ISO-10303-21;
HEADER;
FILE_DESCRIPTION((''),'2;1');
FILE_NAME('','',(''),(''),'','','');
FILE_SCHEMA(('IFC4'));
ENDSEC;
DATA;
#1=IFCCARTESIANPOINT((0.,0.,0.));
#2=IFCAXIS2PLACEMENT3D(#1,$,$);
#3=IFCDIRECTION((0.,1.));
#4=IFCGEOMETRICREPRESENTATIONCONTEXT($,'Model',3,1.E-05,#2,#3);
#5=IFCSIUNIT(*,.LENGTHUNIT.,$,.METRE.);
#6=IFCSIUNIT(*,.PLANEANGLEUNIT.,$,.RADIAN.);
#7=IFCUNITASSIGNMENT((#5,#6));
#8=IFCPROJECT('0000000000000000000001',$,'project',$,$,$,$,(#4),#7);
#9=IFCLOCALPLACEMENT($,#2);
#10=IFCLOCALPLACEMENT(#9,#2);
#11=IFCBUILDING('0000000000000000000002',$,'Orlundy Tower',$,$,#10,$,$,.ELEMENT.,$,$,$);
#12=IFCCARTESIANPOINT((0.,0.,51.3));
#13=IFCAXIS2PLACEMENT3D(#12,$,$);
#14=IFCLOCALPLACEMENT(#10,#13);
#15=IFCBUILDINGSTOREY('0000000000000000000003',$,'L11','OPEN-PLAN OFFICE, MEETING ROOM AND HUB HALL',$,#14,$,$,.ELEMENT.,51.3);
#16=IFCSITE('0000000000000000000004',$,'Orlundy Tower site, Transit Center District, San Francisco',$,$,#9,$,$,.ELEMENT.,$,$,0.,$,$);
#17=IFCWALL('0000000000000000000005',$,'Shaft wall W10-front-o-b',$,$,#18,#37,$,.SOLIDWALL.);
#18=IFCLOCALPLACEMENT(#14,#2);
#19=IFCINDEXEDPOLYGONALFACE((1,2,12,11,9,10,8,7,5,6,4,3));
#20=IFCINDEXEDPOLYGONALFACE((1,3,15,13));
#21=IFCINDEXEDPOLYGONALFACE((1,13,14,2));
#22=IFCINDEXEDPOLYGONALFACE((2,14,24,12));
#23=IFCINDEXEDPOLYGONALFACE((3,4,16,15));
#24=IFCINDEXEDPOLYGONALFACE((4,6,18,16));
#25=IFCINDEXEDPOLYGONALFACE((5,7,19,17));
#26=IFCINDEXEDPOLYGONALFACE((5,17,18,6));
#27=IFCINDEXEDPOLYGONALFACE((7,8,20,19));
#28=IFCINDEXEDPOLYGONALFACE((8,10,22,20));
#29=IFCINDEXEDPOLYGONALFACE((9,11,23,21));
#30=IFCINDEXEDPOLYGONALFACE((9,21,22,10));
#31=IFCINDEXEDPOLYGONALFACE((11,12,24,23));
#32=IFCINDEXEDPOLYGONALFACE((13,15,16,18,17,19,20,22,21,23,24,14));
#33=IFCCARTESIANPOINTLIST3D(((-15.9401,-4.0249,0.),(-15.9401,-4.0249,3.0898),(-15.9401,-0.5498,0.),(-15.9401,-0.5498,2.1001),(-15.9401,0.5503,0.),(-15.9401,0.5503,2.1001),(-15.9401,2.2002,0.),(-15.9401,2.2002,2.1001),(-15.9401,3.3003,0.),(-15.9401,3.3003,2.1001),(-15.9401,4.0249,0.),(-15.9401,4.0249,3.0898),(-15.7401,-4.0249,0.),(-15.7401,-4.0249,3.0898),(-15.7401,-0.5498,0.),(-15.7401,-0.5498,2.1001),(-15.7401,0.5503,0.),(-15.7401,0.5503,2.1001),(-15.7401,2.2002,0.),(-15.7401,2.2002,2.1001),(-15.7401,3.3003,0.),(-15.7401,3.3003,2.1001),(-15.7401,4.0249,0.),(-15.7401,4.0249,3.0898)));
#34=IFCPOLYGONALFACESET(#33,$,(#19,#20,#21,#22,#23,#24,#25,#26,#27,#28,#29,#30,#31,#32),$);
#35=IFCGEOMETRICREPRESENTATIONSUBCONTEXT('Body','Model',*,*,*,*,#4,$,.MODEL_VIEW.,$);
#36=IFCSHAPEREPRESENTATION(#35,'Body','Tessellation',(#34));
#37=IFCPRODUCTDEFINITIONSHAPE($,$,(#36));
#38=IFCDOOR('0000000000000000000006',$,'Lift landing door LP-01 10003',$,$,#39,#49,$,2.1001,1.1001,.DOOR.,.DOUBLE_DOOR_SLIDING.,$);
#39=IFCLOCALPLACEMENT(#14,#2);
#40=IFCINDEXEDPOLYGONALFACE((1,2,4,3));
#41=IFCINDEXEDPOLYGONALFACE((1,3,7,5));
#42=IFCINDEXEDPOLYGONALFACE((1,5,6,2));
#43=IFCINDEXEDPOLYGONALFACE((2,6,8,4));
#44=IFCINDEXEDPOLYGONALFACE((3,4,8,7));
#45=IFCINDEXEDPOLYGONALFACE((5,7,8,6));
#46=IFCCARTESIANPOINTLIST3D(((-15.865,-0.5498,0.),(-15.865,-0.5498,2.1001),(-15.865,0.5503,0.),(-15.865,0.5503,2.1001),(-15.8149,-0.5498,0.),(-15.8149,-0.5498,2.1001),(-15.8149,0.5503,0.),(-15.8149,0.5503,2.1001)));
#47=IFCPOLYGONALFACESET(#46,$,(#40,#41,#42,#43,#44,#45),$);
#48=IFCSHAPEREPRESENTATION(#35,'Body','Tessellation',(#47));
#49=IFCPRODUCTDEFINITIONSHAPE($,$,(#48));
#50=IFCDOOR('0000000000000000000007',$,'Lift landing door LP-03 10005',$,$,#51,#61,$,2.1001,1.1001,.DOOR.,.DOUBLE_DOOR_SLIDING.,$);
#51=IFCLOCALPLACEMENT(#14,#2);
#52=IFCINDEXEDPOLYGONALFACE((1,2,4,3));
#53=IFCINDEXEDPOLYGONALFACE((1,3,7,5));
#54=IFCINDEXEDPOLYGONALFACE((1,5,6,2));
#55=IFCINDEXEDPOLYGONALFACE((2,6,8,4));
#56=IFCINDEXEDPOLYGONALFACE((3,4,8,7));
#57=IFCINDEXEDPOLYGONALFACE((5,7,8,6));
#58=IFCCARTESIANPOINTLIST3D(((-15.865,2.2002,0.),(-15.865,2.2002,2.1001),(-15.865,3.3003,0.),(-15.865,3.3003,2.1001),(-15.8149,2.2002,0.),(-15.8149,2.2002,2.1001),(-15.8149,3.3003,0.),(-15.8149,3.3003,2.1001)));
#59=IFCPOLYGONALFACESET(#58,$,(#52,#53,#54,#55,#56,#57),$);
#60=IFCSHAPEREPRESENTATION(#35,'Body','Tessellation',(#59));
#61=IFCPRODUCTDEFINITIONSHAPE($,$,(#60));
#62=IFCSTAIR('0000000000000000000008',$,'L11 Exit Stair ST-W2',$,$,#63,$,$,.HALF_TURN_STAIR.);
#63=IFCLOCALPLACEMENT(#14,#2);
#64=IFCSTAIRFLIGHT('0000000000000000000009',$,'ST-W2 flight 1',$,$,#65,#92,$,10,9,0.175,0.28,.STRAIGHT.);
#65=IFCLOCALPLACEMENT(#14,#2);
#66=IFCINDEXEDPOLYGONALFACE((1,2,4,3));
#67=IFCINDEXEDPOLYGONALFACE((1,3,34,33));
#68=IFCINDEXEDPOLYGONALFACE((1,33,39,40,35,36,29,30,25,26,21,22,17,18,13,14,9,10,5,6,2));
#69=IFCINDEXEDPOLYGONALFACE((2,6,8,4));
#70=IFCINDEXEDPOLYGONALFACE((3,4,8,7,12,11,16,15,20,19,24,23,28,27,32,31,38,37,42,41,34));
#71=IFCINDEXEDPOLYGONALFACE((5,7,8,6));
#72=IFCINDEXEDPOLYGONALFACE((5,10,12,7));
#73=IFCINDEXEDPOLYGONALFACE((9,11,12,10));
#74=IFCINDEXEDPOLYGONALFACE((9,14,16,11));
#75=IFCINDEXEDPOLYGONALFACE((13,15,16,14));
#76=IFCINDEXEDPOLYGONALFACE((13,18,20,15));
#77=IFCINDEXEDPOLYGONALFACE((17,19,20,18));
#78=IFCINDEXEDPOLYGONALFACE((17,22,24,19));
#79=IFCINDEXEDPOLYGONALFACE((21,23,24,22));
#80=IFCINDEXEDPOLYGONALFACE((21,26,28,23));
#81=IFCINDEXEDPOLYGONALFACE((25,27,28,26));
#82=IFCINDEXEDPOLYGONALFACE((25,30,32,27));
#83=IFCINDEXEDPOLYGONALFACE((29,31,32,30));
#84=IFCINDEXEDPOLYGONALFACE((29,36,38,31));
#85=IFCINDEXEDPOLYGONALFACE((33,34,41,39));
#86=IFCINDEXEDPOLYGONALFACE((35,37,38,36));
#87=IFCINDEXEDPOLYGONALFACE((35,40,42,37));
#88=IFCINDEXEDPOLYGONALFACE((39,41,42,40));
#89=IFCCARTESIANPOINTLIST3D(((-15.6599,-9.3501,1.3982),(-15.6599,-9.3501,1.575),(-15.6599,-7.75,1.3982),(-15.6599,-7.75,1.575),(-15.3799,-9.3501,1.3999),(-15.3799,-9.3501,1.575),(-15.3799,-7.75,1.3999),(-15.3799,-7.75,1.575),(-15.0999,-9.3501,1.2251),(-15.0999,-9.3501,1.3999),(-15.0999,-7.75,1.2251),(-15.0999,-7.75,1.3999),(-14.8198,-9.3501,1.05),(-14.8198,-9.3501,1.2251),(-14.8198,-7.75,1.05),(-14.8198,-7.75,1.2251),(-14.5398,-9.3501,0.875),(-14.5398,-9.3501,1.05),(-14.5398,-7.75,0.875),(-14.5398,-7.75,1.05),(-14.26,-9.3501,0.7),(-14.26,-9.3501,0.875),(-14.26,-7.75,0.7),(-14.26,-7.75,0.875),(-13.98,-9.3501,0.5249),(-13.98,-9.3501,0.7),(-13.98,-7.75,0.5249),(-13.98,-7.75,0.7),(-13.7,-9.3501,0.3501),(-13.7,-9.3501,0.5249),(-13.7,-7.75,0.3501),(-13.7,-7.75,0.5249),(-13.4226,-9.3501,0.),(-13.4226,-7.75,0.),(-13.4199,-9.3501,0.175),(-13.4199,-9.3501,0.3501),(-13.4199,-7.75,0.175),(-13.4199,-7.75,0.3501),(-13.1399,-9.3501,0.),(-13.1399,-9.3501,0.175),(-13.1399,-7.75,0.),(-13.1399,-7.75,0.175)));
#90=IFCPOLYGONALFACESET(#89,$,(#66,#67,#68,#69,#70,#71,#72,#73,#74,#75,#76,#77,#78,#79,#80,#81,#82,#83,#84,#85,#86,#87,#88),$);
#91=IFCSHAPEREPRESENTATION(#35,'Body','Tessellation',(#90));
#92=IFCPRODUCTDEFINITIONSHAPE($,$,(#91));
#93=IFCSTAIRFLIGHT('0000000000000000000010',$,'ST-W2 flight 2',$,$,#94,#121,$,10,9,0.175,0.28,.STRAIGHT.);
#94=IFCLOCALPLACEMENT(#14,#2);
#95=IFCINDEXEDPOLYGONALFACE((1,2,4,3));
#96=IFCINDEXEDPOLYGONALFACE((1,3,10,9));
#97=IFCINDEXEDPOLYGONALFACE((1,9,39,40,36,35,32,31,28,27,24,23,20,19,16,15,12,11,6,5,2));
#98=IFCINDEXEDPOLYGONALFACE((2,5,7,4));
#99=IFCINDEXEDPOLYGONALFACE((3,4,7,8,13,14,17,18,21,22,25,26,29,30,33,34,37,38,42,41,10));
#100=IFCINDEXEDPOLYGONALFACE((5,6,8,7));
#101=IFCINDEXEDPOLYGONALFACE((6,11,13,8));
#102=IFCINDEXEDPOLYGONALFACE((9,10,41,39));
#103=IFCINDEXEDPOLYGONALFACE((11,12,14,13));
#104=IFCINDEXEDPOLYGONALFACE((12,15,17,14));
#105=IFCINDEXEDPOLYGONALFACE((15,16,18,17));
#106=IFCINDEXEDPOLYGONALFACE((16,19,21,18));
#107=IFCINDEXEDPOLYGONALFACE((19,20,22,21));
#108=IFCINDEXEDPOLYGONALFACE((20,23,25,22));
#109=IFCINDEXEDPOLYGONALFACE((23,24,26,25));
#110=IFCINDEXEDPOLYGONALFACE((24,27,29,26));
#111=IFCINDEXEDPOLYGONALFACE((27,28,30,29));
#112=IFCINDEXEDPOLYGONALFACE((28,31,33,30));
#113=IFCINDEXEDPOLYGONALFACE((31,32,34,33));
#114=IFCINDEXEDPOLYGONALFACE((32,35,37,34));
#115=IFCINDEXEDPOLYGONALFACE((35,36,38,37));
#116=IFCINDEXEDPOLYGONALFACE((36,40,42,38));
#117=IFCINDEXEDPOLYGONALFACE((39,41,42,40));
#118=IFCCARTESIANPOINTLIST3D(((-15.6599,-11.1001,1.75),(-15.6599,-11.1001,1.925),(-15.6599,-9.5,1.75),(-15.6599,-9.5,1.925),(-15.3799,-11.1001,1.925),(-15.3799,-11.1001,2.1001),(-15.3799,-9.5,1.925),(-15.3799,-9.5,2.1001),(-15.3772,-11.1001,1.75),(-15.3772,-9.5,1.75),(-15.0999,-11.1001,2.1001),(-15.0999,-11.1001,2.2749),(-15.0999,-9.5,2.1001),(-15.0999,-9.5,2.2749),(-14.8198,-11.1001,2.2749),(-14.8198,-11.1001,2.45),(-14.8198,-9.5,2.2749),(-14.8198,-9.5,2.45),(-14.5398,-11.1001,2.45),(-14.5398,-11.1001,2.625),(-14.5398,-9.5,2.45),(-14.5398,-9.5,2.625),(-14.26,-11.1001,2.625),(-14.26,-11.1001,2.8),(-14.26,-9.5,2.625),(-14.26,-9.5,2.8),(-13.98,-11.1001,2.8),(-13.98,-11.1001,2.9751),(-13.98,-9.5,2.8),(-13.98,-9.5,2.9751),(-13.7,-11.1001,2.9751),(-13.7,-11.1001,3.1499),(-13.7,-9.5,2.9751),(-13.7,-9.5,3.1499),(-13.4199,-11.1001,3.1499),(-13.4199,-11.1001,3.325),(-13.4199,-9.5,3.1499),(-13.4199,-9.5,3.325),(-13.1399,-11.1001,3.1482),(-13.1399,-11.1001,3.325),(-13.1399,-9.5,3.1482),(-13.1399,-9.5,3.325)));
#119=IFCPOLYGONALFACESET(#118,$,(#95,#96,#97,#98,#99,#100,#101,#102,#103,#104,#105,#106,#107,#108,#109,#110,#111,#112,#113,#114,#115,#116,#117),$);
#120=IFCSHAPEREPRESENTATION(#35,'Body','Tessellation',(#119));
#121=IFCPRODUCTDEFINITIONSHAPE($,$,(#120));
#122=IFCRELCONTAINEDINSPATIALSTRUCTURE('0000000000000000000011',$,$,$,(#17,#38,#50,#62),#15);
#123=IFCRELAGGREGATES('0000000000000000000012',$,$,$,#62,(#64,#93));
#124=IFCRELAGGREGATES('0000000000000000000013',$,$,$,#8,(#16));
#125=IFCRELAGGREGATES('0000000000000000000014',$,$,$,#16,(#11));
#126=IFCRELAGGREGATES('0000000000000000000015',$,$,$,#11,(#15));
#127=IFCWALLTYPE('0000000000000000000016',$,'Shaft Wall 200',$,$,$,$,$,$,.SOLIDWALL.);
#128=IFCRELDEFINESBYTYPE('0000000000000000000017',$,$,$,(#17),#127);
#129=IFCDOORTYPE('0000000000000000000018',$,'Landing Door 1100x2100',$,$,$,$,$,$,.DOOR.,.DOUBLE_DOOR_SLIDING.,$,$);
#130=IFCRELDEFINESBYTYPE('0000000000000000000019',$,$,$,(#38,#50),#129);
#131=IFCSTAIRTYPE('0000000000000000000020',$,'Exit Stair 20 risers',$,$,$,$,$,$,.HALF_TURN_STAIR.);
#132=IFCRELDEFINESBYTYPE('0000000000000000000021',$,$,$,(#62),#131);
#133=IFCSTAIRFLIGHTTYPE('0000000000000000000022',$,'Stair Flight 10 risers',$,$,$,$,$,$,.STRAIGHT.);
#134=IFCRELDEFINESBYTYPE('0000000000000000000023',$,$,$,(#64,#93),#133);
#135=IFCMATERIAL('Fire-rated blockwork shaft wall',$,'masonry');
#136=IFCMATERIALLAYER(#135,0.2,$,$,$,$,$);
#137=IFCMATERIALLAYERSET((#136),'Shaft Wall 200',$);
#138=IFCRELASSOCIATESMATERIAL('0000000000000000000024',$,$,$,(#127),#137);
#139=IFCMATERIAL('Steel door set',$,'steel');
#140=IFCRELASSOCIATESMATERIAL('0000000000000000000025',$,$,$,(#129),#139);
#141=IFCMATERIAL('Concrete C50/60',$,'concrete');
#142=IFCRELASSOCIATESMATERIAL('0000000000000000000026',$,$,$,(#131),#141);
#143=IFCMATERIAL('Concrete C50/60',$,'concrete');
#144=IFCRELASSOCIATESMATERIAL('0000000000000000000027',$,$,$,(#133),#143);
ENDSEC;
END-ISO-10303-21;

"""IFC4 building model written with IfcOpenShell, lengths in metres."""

from ifc_helpers import new_model, si_unit, direction, frame, frame_2d, origin, place, context, subcontext, project, spatial, polyline, rectangle, outline, extrude, material, layer, layer_set, type_object, element, fill, aggregate, save


model = new_model("IFC4")

# Units and contexts
model_context = context("Model", 3, precision=1e-05, world=origin(), true_north=direction((0.0, 1.0)))
body_context = subcontext(model_context, "Body", "Model", "MODEL_VIEW")
ifc_project = project(units=[si_unit("LENGTHUNIT", "METRE"), si_unit("PLANEANGLEUNIT", "RADIAN")], contexts=[model_context])

# Site, building, storey
site_placement = place(None, origin())
site = spatial("IfcSite", under=ifc_project, at=site_placement, Name="Orlundy Tower site, Transit Center District, San Francisco", CompositionType="ELEMENT", RefElevation=0.0)
building_placement = place(site_placement, origin())
building = spatial("IfcBuilding", under=site, at=building_placement, Name="Orlundy Tower", CompositionType="ELEMENT")
storey_placement = place(building_placement, frame((0.0, 0.0, 51.3)))
storey = spatial("IfcBuildingStorey", under=building, at=storey_placement, Name="L11", Description="OPEN-PLAN OFFICE, MEETING ROOM AND HUB HALL", CompositionType="ELEMENT", Elevation=51.3)

# Shared definitions
ifc_material_1 = material(Name="Fire-rated blockwork shaft wall", Category="masonry")
ifc_layer_1 = layer(ifc_material_1, 0.2)
ifc_layer_set_1 = layer_set([ifc_layer_1], Name="Shaft Wall 200")
wall_type_1 = type_object("IfcWallType", Name="Shaft Wall 200", PredefinedType="SOLIDWALL", material=ifc_layer_set_1)

# Shared definitions
ifc_material_2 = material(Name="Steel door set", Category="steel")
door_type_1 = type_object("IfcDoorType", Name="Landing Door 1100x2100", OperationType="DOUBLE_DOOR_SLIDING", PredefinedType="DOOR", material=ifc_material_2)

# Wall, openings, doors
wall_1_placement = place(storey_placement, frame((-15.8401, -4.0249, 0.0), z_axis=(0.0, 0.0, 1.0), x_axis=(0.0, 1.0, 0.0)))
wall_1 = element("IfcWall", 1, at=wall_1_placement, inside=storey, type_object=wall_type_1, Name="Shaft wall W10-front-o-b", PredefinedType="SOLIDWALL", context=body_context, shape_type="SweptSolid", body=[
    extrude(rectangle(XDim=8.0498, YDim=0.2, at=frame_2d((4.0249, 0.0))), origin(), (0.0, 0.0, 1.0), 3.0898),
])
opening_1_placement = place(wall_1_placement, frame((3.4751, 0.0, 0.0)))
opening_1 = element("IfcOpeningElement", 2, at=opening_1_placement, cuts=wall_1, PredefinedType="OPENING", context=body_context, shape_type="SweptSolid", body=[
    extrude(rectangle(XDim=1.1001, YDim=2.1001, at=frame_2d((0.55, 1.05))), frame((0.0, 0.1101, 0.0), z_axis=(0.0, -1.0, 0.0), x_axis=(1.0, 0.0, 0.0)), (0.0, 0.0, 1.0), 0.2202),
])
opening_2_placement = place(wall_1_placement, frame((6.2251, 0.0, 0.0)))
opening_2 = element("IfcOpeningElement", 3, at=opening_2_placement, cuts=wall_1, PredefinedType="OPENING", context=body_context, shape_type="SweptSolid", body=[
    extrude(rectangle(XDim=1.1001, YDim=2.1001, at=frame_2d((0.55, 1.05))), frame((0.0, 0.1101, 0.0), z_axis=(0.0, -1.0, 0.0), x_axis=(1.0, 0.0, 0.0)), (0.0, 0.0, 1.0), 0.2202),
])
door_1_placement = place(opening_1_placement, origin())
door_1 = element("IfcDoor", 4, at=door_1_placement, inside=storey, type_object=door_type_1, Name="Lift landing door LP-01 10003", OperationType="DOUBLE_DOOR_SLIDING", OverallHeight=2.1001, OverallWidth=1.1001, PredefinedType="DOOR", context=body_context, shape_type="SweptSolid", body=[
    extrude(rectangle(XDim=1.1001, YDim=2.1001, at=frame_2d((0.55, 1.05))), frame((0.0, 0.0249, 0.0), z_axis=(0.0, -1.0, 0.0), x_axis=(1.0, 0.0, 0.0)), (0.0, 0.0, 1.0), 0.05),
])
fill(opening_1, door_1)
door_2_placement = place(opening_2_placement, origin())
door_2 = element("IfcDoor", 5, at=door_2_placement, inside=storey, type_object=door_type_1, Name="Lift landing door LP-03 10005", OperationType="DOUBLE_DOOR_SLIDING", OverallHeight=2.1001, OverallWidth=1.1001, PredefinedType="DOOR", context=body_context, shape_type="SweptSolid", body=[
    extrude(rectangle(XDim=1.1001, YDim=2.1001, at=frame_2d((0.55, 1.05))), frame((0.0, 0.0249, 0.0), z_axis=(0.0, -1.0, 0.0), x_axis=(1.0, 0.0, 0.0)), (0.0, 0.0, 1.0), 0.05),
])
fill(opening_2, door_2)

# Stair, stair flights
ifc_material_3 = material(Name="Concrete C50/60", Category="concrete")
stair_type = type_object("IfcStairType", Name="Exit Stair 20 risers", PredefinedType="HALF_TURN_STAIR", material=ifc_material_3)
stair_placement = place(storey_placement, origin())
stair = element("IfcStair", 6, at=stair_placement, inside=storey, type_object=stair_type, Name="L11 Exit Stair ST-W2", PredefinedType="HALF_TURN_STAIR")
ifc_material_4 = material(Name="Concrete C50/60", Category="concrete")
stair_flight_type = type_object("IfcStairFlightType", Name="Stair Flight 10 risers", PredefinedType="STRAIGHT", material=ifc_material_4)
stair_flight_1_placement = place(storey_placement, frame((-13.1399, -8.55, 0.0), z_axis=(0.0, 0.0, 1.0), x_axis=(-1.0, 0.0, 0.0)))
stair_flight_1 = element("IfcStairFlight", 7, at=stair_flight_1_placement, type_object=stair_flight_type, Name="ST-W2 flight 1", NumberOfRisers=10, NumberOfTreads=9, PredefinedType="STRAIGHT", RiserHeight=0.175, TreadLength=0.28, context=body_context, shape_type="SweptSolid", body=[
    extrude(outline(polyline([(0.0, 0.0), (0.0, 0.175), (0.28, 0.175), (0.28, 0.3501), (0.5601, 0.3501), (0.5601, 0.5249), (0.8401, 0.5249), (0.8401, 0.7), (1.1201, 0.7), (1.1201, 0.875), (1.3999, 0.875), (1.3999, 1.05), (1.6799, 1.05), (1.6799, 1.2251), (1.96, 1.2251), (1.96, 1.3999), (2.24, 1.3999), (2.24, 1.575), (2.52, 1.575), (2.52, 1.75), (2.52, 1.3982), (0.2827, 0.0), (0.0, 0.0)])), frame((0.0, 0.8, 0.0), z_axis=(0.0, -1.0, 0.0), x_axis=(1.0, 0.0, 0.0)), (0.0, 0.0, 1.0), 1.6001),
])
stair_flight_2_placement = place(storey_placement, frame((-15.6599, -10.3, 1.75), z_axis=(0.0, 0.0, 1.0), x_axis=(1.0, 0.0, 0.0)))
stair_flight_2 = element("IfcStairFlight", 8, at=stair_flight_2_placement, type_object=stair_flight_type, Name="ST-W2 flight 2", NumberOfRisers=10, NumberOfTreads=9, PredefinedType="STRAIGHT", RiserHeight=0.175, TreadLength=0.28, context=body_context, shape_type="SweptSolid", body=[
    extrude(outline(polyline([(0.0, 0.0), (0.0, 0.175), (0.28, 0.175), (0.28, 0.3501), (0.5601, 0.3501), (0.5601, 0.5249), (0.8401, 0.5249), (0.8401, 0.7), (1.1201, 0.7), (1.1201, 0.875), (1.3999, 0.875), (1.3999, 1.05), (1.6799, 1.05), (1.6799, 1.2251), (1.96, 1.2251), (1.96, 1.3999), (2.24, 1.3999), (2.24, 1.575), (2.52, 1.575), (2.52, 1.75), (2.52, 1.3982), (0.2827, 0.0), (0.0, 0.0)])), frame((0.0, 0.8, 0.0), z_axis=(0.0, -1.0, 0.0), x_axis=(1.0, 0.0, 0.0)), (0.0, 0.0, 1.0), 1.6001),
])
aggregate(stair, [stair_flight_1, stair_flight_2])

save(model, "model.ifc")
